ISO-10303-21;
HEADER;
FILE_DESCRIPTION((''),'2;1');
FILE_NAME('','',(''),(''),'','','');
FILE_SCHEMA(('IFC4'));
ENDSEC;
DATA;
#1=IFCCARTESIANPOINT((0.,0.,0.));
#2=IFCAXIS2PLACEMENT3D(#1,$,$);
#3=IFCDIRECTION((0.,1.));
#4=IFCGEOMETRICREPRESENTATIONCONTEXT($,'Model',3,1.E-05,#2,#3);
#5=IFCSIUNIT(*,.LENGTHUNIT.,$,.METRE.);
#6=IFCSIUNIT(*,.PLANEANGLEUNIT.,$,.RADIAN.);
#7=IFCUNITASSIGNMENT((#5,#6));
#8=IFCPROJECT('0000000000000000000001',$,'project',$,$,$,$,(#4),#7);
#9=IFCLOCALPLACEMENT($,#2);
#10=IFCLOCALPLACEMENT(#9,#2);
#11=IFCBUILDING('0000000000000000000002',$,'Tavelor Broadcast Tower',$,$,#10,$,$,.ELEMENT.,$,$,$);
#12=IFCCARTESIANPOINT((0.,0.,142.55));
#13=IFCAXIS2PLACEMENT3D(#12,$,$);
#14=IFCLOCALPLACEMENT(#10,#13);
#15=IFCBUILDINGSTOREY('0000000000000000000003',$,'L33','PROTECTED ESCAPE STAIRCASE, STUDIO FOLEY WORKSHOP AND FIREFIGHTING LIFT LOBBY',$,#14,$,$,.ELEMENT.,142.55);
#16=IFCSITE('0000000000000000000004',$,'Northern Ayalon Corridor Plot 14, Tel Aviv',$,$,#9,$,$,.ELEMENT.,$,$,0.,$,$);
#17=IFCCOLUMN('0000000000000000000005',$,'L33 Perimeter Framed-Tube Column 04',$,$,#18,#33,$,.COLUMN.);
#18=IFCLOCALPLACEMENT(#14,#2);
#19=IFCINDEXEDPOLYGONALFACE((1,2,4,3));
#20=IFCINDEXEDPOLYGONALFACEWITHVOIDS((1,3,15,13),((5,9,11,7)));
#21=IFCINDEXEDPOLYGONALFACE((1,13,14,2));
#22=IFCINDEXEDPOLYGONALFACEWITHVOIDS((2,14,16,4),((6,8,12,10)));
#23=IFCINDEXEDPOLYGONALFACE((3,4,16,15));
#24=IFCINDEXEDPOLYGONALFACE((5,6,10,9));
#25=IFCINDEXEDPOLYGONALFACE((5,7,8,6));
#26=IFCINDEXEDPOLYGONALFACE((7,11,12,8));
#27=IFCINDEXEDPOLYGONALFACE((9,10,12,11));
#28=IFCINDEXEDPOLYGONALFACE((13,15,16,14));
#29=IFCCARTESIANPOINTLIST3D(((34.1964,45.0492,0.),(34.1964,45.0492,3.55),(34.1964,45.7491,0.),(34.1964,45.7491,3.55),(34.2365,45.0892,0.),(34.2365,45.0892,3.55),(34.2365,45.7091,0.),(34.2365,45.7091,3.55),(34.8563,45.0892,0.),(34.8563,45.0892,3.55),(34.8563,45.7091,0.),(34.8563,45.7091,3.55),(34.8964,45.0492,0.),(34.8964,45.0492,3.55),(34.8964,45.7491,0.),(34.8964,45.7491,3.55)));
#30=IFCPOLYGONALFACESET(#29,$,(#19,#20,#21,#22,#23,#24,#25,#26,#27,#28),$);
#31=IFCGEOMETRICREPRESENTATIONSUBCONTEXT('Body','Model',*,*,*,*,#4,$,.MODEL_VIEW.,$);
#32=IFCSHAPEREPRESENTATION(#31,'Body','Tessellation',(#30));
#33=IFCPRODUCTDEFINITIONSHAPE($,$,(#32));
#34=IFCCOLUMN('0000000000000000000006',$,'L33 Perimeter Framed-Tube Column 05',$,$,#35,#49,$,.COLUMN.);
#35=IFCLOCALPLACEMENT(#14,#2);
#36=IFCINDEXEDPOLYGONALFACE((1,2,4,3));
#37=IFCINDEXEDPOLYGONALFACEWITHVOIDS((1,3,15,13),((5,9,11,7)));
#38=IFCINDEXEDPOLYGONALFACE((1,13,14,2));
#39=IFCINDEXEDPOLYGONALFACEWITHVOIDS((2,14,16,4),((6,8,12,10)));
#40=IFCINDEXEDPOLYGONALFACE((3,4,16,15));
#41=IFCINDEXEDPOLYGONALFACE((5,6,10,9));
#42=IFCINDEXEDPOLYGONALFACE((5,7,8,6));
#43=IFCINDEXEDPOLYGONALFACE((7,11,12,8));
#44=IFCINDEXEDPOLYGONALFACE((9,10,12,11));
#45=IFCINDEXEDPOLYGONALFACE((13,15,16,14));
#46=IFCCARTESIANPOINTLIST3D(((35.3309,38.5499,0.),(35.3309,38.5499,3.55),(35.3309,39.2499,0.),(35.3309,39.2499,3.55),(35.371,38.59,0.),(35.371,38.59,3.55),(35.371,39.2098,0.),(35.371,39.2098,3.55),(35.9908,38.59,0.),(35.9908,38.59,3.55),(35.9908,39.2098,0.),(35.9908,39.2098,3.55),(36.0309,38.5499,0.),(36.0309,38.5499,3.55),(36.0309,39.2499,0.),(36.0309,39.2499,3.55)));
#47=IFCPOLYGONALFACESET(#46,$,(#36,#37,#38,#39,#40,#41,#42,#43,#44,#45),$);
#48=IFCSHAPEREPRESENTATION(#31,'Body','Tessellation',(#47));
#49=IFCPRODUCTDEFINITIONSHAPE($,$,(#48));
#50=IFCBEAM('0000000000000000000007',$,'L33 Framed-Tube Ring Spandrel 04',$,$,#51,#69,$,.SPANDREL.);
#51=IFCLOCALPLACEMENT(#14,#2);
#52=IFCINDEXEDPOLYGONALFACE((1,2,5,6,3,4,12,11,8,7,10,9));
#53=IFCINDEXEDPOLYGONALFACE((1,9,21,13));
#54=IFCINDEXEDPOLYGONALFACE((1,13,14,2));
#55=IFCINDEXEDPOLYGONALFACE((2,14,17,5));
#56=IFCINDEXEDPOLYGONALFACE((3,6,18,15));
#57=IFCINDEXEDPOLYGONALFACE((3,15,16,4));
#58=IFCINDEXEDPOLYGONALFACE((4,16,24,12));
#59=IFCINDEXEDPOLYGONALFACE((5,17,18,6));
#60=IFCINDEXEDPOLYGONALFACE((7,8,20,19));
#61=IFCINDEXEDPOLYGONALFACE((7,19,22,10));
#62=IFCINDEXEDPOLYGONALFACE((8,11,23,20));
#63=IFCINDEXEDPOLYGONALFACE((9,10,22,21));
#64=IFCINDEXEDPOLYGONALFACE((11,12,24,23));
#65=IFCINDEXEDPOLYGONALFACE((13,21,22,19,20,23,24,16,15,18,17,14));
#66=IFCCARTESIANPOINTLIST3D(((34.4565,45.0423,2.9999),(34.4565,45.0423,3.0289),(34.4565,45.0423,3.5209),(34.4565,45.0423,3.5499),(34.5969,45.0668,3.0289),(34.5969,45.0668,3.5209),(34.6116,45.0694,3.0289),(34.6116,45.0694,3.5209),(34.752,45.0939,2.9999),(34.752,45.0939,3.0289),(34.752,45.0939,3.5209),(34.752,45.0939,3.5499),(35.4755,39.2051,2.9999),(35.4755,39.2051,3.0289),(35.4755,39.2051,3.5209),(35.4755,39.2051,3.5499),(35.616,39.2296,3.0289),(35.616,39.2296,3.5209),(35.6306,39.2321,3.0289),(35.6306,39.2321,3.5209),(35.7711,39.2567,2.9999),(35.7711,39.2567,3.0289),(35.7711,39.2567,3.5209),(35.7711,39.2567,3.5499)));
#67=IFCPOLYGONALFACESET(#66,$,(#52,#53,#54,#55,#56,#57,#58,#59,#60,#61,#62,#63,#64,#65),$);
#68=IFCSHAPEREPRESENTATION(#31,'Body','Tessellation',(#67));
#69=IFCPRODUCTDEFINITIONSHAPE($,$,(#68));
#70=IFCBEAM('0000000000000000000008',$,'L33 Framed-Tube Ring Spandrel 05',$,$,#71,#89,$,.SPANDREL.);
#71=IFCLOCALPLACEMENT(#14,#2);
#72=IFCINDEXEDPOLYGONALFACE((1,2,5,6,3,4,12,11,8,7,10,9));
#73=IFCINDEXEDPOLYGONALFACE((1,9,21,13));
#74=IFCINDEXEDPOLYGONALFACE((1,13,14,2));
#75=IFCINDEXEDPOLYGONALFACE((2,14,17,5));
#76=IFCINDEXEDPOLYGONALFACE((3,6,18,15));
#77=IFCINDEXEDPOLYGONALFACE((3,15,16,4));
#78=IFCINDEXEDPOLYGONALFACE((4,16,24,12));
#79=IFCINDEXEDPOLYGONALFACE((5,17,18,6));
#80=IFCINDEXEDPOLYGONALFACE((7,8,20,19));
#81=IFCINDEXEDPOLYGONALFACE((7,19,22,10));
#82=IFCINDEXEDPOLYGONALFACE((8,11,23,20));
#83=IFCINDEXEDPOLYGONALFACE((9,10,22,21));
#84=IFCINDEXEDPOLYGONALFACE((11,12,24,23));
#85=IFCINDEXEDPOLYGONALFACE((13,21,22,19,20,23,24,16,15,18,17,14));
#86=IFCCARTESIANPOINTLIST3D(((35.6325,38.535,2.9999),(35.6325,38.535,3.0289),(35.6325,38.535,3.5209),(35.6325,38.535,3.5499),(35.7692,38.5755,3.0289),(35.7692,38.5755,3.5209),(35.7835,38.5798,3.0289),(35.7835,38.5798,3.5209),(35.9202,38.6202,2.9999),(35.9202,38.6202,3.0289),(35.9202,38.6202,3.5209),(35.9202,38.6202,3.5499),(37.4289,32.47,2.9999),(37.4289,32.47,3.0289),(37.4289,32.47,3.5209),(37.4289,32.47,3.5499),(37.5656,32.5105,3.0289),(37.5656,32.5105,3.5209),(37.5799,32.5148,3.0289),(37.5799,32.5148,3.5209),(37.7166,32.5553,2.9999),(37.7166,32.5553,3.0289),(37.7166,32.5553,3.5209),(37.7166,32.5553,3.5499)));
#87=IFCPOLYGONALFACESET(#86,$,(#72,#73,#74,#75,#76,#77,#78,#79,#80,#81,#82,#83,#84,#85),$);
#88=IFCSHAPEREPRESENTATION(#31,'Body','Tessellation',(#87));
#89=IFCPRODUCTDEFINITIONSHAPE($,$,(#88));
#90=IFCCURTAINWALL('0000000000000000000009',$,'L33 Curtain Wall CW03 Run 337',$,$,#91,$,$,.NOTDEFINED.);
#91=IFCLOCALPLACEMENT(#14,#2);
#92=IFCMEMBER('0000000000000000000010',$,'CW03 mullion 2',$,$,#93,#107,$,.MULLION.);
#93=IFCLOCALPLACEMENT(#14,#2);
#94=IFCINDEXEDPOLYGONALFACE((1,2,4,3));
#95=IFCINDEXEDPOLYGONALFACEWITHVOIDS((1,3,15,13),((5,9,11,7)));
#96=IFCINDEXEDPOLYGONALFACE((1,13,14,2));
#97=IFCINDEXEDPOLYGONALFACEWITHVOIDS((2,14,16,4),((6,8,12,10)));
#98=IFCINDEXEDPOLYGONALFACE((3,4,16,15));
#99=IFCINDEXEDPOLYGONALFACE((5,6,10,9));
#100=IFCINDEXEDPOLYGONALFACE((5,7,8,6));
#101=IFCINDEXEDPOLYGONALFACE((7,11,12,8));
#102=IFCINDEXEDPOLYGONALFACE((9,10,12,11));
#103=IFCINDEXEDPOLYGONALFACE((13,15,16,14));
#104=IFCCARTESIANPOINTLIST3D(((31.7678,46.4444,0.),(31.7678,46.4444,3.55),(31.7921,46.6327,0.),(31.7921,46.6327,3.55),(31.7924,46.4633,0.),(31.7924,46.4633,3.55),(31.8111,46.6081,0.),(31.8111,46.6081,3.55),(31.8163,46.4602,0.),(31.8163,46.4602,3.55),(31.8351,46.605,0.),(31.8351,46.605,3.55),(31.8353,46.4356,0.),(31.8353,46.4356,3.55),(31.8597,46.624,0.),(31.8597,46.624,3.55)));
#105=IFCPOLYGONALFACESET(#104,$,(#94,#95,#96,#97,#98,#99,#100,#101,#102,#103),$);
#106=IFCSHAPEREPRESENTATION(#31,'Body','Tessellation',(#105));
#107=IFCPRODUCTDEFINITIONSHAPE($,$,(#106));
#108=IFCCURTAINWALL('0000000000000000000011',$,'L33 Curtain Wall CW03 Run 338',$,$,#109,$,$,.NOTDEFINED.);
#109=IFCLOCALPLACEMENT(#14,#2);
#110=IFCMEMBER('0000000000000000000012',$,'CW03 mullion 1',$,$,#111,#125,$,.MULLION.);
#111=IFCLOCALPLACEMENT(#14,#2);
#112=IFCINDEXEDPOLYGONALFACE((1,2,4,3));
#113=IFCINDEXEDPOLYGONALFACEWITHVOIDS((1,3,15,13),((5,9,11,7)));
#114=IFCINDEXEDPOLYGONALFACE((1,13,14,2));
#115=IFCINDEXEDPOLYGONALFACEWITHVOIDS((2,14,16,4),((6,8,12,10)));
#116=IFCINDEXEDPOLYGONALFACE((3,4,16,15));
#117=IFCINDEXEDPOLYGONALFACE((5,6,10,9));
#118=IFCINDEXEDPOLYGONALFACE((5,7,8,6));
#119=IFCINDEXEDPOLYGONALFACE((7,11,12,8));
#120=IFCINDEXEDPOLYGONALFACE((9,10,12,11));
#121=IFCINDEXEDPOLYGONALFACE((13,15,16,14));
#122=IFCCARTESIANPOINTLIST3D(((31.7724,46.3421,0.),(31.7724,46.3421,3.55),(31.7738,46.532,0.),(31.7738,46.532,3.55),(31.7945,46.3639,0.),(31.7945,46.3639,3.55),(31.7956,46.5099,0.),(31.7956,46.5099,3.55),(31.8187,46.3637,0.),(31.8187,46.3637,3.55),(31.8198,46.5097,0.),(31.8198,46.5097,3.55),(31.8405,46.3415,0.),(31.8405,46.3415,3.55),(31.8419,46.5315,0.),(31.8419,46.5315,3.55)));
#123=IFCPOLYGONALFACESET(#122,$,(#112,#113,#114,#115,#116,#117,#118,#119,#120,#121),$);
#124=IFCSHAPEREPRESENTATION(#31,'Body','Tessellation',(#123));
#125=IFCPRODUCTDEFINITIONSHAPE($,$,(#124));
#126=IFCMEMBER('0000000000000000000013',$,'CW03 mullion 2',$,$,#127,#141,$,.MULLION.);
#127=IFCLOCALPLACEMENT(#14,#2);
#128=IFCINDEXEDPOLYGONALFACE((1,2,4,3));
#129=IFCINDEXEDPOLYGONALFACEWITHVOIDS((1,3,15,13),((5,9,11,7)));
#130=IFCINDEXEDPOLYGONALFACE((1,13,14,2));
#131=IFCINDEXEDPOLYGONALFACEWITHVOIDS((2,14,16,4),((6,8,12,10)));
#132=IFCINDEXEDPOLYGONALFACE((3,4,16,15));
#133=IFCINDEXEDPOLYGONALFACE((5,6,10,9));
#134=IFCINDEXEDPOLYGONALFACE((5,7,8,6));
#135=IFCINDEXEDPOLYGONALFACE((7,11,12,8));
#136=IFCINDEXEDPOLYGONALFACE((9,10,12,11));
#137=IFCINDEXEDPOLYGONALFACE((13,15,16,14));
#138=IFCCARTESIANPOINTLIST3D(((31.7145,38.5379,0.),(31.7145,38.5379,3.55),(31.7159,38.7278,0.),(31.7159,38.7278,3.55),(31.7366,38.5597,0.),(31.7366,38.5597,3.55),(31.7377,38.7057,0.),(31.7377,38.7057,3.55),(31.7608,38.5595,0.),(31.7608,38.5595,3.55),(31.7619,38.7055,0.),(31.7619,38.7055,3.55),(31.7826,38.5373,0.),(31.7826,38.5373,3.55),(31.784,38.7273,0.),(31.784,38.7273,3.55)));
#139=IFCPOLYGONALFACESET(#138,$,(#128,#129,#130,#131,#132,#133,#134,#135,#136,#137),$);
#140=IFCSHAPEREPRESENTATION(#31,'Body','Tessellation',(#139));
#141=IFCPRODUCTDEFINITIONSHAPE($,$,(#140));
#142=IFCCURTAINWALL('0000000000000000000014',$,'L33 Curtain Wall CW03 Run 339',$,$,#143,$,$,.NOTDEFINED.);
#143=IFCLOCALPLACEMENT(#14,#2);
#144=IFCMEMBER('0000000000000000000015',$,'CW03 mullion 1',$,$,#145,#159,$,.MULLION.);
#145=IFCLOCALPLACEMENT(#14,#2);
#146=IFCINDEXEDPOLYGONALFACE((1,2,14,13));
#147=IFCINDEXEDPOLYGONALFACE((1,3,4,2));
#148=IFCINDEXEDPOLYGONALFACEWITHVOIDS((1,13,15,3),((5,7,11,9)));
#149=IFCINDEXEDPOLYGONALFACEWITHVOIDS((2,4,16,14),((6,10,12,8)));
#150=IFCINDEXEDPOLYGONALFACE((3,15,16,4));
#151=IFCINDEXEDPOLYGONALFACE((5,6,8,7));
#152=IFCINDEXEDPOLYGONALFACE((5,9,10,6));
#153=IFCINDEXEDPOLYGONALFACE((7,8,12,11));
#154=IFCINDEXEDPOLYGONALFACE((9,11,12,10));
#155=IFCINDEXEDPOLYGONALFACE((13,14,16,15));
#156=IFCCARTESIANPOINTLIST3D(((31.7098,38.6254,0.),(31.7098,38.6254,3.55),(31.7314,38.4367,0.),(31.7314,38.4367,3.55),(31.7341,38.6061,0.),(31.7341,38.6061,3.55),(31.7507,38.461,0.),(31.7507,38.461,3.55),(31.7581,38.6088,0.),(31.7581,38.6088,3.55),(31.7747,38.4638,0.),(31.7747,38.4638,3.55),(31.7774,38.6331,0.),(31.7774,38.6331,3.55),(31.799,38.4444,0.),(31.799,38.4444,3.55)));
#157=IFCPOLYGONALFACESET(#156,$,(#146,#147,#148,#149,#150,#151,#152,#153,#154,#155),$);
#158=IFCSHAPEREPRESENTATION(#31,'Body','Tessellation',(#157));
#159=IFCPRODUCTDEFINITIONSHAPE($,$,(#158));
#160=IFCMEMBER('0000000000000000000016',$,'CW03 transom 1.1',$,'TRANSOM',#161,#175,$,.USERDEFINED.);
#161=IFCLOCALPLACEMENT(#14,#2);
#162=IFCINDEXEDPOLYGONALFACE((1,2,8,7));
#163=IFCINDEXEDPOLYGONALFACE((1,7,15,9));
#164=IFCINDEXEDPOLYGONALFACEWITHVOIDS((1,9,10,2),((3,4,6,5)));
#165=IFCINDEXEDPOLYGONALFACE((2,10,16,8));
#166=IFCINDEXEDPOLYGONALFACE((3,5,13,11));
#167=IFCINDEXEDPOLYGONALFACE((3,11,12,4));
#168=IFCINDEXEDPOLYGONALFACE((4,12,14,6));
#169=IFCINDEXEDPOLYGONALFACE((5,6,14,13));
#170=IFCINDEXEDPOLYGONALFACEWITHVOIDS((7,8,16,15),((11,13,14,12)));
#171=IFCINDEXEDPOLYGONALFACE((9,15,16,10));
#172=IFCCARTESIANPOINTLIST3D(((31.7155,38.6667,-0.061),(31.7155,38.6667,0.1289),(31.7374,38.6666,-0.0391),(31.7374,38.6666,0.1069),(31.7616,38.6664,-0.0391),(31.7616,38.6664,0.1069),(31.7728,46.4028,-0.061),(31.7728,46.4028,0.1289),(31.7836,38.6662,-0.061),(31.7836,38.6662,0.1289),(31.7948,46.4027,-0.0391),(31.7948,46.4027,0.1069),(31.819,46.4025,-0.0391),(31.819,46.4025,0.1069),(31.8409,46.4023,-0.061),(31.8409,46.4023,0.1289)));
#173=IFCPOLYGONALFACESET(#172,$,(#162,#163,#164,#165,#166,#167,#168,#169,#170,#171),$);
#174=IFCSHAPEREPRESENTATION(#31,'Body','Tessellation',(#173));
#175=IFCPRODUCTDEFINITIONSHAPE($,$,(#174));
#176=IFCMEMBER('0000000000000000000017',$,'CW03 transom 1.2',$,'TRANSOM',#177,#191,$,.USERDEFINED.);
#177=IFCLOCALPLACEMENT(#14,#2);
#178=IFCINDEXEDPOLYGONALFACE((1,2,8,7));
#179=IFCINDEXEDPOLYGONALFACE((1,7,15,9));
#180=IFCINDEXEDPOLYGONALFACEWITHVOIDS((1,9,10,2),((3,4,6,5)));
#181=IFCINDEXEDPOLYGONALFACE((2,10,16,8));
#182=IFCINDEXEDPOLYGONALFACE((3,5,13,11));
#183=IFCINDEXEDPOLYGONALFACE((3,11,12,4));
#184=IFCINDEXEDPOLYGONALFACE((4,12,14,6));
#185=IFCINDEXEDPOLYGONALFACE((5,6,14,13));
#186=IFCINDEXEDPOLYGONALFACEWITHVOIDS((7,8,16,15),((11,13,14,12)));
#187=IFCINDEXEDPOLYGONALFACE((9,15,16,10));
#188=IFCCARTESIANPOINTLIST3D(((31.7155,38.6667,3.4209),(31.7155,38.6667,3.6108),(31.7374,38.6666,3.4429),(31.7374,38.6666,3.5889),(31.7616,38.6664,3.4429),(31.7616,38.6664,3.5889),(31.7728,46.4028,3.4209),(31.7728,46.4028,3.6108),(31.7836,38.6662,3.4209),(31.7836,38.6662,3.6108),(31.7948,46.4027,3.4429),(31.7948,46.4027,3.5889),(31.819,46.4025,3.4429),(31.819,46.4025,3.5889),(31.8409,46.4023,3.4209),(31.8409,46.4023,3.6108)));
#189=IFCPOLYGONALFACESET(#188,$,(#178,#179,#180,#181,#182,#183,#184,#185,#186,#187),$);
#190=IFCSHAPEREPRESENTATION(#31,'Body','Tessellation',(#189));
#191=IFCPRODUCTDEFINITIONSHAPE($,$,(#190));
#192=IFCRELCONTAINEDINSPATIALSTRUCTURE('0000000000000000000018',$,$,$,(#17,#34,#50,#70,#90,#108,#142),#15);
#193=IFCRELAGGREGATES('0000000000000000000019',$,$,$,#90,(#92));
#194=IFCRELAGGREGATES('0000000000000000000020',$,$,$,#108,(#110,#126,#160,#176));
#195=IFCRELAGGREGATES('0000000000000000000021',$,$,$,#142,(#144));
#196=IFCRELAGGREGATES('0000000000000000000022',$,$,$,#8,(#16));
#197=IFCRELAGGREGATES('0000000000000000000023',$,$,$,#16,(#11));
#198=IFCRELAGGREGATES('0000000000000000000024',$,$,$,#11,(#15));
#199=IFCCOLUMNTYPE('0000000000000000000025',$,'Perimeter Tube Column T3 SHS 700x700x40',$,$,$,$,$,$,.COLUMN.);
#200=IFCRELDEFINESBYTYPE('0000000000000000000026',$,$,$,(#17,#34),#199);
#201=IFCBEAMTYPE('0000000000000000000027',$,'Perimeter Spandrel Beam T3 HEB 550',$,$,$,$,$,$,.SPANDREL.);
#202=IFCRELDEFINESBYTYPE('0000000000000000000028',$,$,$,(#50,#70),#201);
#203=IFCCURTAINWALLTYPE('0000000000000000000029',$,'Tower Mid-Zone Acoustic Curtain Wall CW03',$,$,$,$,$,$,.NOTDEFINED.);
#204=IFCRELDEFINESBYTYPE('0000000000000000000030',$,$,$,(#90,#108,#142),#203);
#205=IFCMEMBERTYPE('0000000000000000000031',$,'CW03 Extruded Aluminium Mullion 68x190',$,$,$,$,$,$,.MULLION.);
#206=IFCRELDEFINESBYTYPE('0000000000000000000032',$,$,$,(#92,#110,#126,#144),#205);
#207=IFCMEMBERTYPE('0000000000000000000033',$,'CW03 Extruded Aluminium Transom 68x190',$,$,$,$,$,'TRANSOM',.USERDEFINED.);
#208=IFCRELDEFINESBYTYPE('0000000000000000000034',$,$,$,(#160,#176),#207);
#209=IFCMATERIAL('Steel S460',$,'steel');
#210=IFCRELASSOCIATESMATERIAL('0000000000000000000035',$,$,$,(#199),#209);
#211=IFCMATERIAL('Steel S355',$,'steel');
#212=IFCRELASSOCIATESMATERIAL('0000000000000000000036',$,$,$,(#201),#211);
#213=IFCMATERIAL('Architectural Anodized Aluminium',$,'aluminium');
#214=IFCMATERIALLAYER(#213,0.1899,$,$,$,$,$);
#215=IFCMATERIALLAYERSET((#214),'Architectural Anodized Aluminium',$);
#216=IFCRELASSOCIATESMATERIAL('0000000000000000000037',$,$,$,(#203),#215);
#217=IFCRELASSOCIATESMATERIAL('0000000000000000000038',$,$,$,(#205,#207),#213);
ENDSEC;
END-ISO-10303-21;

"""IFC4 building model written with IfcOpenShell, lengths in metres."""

from ifc_helpers import new_model, si_unit, direction, frame, origin, origin_2d, place, context, subcontext, project, spatial, hollow_rectangle, i_section, extrude, source, transform, mapped, material, layer, layer_set, material_profile, profile_set, type_object, type_shapes, element, aggregate, save


model = new_model("IFC4")

# Units and contexts
model_context = context("Model", 3, precision=1e-05, world=origin(), true_north=direction((0.0, 1.0)))
body_context = subcontext(model_context, "Body", "Model", "MODEL_VIEW")
ifc_project = project(units=[si_unit("LENGTHUNIT", "METRE"), si_unit("PLANEANGLEUNIT", "RADIAN")], contexts=[model_context])

# Site, building, storey
site_placement = place(None, origin())
site = spatial("IfcSite", under=ifc_project, at=site_placement, Name="Northern Ayalon Corridor Plot 14, Tel Aviv", CompositionType="ELEMENT", RefElevation=0.0)
building_placement = place(site_placement, origin())
building = spatial("IfcBuilding", under=site, at=building_placement, Name="Tavelor Broadcast Tower", CompositionType="ELEMENT")
storey_placement = place(building_placement, frame((0.0, 0.0, 142.55)))
storey = spatial("IfcBuildingStorey", under=building, at=storey_placement, Name="L33", Description="PROTECTED ESCAPE STAIRCASE, STUDIO FOLEY WORKSHOP AND FIREFIGHTING LIFT LOBBY", CompositionType="ELEMENT", Elevation=142.55)

# Columns
ifc_material_1 = material(Name="Steel S460", Category="steel")
ifc_material_profile_1 = material_profile(ifc_material_1, hollow_rectangle(XDim=0.7, YDim=0.7, WallThickness=0.04, at=origin_2d()), Name="SHS 700x700x40")
ifc_profile_set_1 = profile_set([ifc_material_profile_1], Name="Steel S460")
column_type = type_object("IfcColumnType", Name="Perimeter Tube Column T3 SHS 700x700x40", PredefinedType="COLUMN", material=ifc_profile_set_1)
for number, where, z_axis, x_axis, name in (
    (1, (34.5464, 45.3992, 0.0), (0.0, 0.0, 1.0), (1.0, 0.0, 0.0), "L33 Perimeter Framed-Tube Column 04"),
    (2, (35.6809, 38.8999, 0.0), (0.0, 0.0, 1.0), (1.0, 0.0, 0.0), "L33 Perimeter Framed-Tube Column 05"),
):
    element("IfcColumn", number, at=place(storey_placement, frame(where, z_axis=z_axis, x_axis=x_axis)), inside=storey, type_object=column_type, Name=name, PredefinedType="COLUMN", context=body_context, shape_type="SweptSolid", body=[
        extrude(hollow_rectangle(XDim=0.7, YDim=0.7, WallThickness=0.04, at=origin_2d()), origin(), (0.0, 0.0, 1.0), 3.55),
    ])

# Beams
ifc_material_2 = material(Name="Steel S355", Category="steel")
ifc_material_profile_2 = material_profile(ifc_material_2, i_section(OverallWidth=0.3, OverallDepth=0.55, WebThickness=0.0149, FlangeThickness=0.0291, at=origin_2d()), Name="HEB 550")
ifc_profile_set_2 = profile_set([ifc_material_profile_2], Name="Steel S355")
beam_type = type_object("IfcBeamType", Name="Perimeter Spandrel Beam T3 HEB 550", PredefinedType="SPANDREL", material=ifc_profile_set_2)
beam_1_placement = place(storey_placement, frame((34.6042, 45.0681, 3.2749), z_axis=(0.171978, -0.985101, 0.0), x_axis=(0.985101, 0.171978, 0.0)))
element("IfcBeam", 3, at=beam_1_placement, inside=storey, type_object=beam_type, Name="L33 Framed-Tube Ring Spandrel 04", PredefinedType="SPANDREL", context=body_context, shape_type="SweptSolid", body=[
    extrude(i_section(OverallWidth=0.3, OverallDepth=0.55, WebThickness=0.0149, FlangeThickness=0.0291, at=origin_2d()), origin(), (0.0, 0.0, 1.0), 5.9255),
])
beam_2_placement = place(storey_placement, frame((35.7764, 38.5776, 3.2749), z_axis=(0.283996, -0.958825, 0.0), x_axis=(0.958825, 0.283996, 0.0)))
element("IfcBeam", 4, at=beam_2_placement, inside=storey, type_object=beam_type, Name="L33 Framed-Tube Ring Spandrel 05", PredefinedType="SPANDREL", context=body_context, shape_type="SweptSolid", body=[
    extrude(i_section(OverallWidth=0.3, OverallDepth=0.55, WebThickness=0.0149, FlangeThickness=0.0291, at=origin_2d()), origin(), (0.0, 0.0, 1.0), 6.3254),
])

# Curtain wall, member
ifc_material_3 = material(Name="Architectural Anodized Aluminium", Category="aluminium")
ifc_layer_1 = layer(ifc_material_3, 0.1899)
ifc_layer_set_1 = layer_set([ifc_layer_1], Name="Architectural Anodized Aluminium")
curtain_wall_type = type_object("IfcCurtainWallType", Name="Tower Mid-Zone Acoustic Curtain Wall CW03", PredefinedType="NOTDEFINED", material=ifc_layer_set_1)
curtain_wall_1_placement = place(storey_placement, origin())
curtain_wall_1 = element("IfcCurtainWall", 5, at=curtain_wall_1_placement, inside=storey, type_object=curtain_wall_type, Name="L33 Curtain Wall CW03 Run 337", PredefinedType="NOTDEFINED")
ifc_material_profile_3 = material_profile(ifc_material_3, hollow_rectangle(XDim=0.0681, YDim=0.1899, WallThickness=0.022, at=origin_2d()), Name="RHS 68x190x22")
ifc_profile_set_3 = profile_set([ifc_material_profile_3], Name="Architectural Anodized Aluminium")
member_type_1 = type_object("IfcMemberType", Name="CW03 Extruded Aluminium Mullion 68x190", PredefinedType="MULLION", material=ifc_profile_set_3)
shared_shape_1 = source(origin(), body_context, "Body", "SweptSolid", [
    extrude(hollow_rectangle(XDim=0.0681, YDim=0.1899, WallThickness=0.022, at=origin_2d()), origin(), (0.0, 0.0, 1.0), 3.55),
])
type_shapes(member_type_1, [shared_shape_1])
member_1_placement = place(storey_placement, frame((31.8137, 46.5342, 0.0), z_axis=(0.0, 0.0, 1.0), x_axis=(0.991726, -0.12837, 0.0)))
member_1 = element("IfcMember", 6, at=member_1_placement, type_object=member_type_1, Name="CW03 mullion 2", PredefinedType="MULLION", context=body_context, shape_type="MappedRepresentation", body=[
    mapped(shared_shape_1, transform((0.0, 0.0, 0.0), scale=1.0)),
])
aggregate(curtain_wall_1, [member_1])

# Curtain wall, members
curtain_wall_2_placement = place(storey_placement, origin())
curtain_wall_2 = element("IfcCurtainWall", 7, at=curtain_wall_2_placement, inside=storey, type_object=curtain_wall_type, Name="L33 Curtain Wall CW03 Run 338", PredefinedType="NOTDEFINED")
member_2_placement = place(storey_placement, frame((31.8071, 46.4368, 0.0), z_axis=(0.0, 0.0, 1.0), x_axis=(0.999973, -0.007406, 0.0)))
member_2 = element("IfcMember", 8, at=member_2_placement, type_object=member_type_1, Name="CW03 mullion 1", PredefinedType="MULLION", context=body_context, shape_type="MappedRepresentation", body=[
    mapped(shared_shape_1, transform((0.0, 0.0, 0.0), scale=1.0)),
])
member_3_placement = place(storey_placement, frame((31.7493, 38.6326, 0.0), z_axis=(0.0, 0.0, 1.0), x_axis=(0.999973, -0.007406, 0.0)))
member_3 = element("IfcMember", 9, at=member_3_placement, type_object=member_type_1, Name="CW03 mullion 2", PredefinedType="MULLION", context=body_context, shape_type="MappedRepresentation", body=[
    mapped(shared_shape_1, transform((0.0, 0.0, 0.0), scale=1.0)),
])

# Curtain wall, member
curtain_wall_3_placement = place(storey_placement, origin())
curtain_wall_3 = element("IfcCurtainWall", 10, at=curtain_wall_3_placement, inside=storey, type_object=curtain_wall_type, Name="L33 Curtain Wall CW03 Run 339", PredefinedType="NOTDEFINED")
member_4_placement = place(storey_placement, frame((31.7544, 38.5349, 0.0), z_axis=(0.0, 0.0, 1.0), x_axis=(0.993521, 0.113652, 0.0)))
member_4 = element("IfcMember", 11, at=member_4_placement, type_object=member_type_1, Name="CW03 mullion 1", PredefinedType="MULLION", context=body_context, shape_type="MappedRepresentation", body=[
    mapped(shared_shape_1, transform((0.0, 0.0, 0.0), scale=1.0)),
])

# Members
ifc_material_profile_4 = material_profile(ifc_material_3, hollow_rectangle(XDim=0.0681, YDim=0.1899, WallThickness=0.022, at=origin_2d()), Name="RHS 68x190x22")
ifc_profile_set_4 = profile_set([ifc_material_profile_4], Name="Architectural Anodized Aluminium")
member_type_2 = type_object("IfcMemberType", Name="CW03 Extruded Aluminium Transom 68x190", ElementType="TRANSOM", PredefinedType="USERDEFINED", material=ifc_profile_set_4)
shared_shape_2 = source(origin(), body_context, "Body", "SweptSolid", [
    extrude(hollow_rectangle(XDim=0.0681, YDim=0.1899, WallThickness=0.022, at=origin_2d()), origin(), (0.0, 0.0, 1.0), 7.7363),
])
type_shapes(member_type_2, [shared_shape_2])
member_5_placement = place(storey_placement, frame((31.8069, 46.4026, 0.0339), z_axis=(-0.007416, -0.999973, 0.0), x_axis=(0.999973, -0.007416, 0.0)))
member_5 = element("IfcMember", 12, at=member_5_placement, type_object=member_type_2, Name="CW03 transom 1.1", ObjectType="TRANSOM", PredefinedType="USERDEFINED", context=body_context, shape_type="MappedRepresentation", body=[
    mapped(shared_shape_2, transform((0.0, 0.0, 0.0), scale=1.0)),
])
member_6_placement = place(storey_placement, frame((31.8069, 46.4026, 3.5159), z_axis=(-0.007416, -0.999973, 0.0), x_axis=(0.999973, -0.007416, 0.0)))
member_6 = element("IfcMember", 13, at=member_6_placement, type_object=member_type_2, Name="CW03 transom 1.2", ObjectType="TRANSOM", PredefinedType="USERDEFINED", context=body_context, shape_type="MappedRepresentation", body=[
    mapped(shared_shape_2, transform((0.0, 0.0, 0.0), scale=1.0)),
])

aggregate(curtain_wall_2, [member_2, member_3, member_5, member_6])
aggregate(curtain_wall_3, [member_4])

save(model, "model.ifc")
